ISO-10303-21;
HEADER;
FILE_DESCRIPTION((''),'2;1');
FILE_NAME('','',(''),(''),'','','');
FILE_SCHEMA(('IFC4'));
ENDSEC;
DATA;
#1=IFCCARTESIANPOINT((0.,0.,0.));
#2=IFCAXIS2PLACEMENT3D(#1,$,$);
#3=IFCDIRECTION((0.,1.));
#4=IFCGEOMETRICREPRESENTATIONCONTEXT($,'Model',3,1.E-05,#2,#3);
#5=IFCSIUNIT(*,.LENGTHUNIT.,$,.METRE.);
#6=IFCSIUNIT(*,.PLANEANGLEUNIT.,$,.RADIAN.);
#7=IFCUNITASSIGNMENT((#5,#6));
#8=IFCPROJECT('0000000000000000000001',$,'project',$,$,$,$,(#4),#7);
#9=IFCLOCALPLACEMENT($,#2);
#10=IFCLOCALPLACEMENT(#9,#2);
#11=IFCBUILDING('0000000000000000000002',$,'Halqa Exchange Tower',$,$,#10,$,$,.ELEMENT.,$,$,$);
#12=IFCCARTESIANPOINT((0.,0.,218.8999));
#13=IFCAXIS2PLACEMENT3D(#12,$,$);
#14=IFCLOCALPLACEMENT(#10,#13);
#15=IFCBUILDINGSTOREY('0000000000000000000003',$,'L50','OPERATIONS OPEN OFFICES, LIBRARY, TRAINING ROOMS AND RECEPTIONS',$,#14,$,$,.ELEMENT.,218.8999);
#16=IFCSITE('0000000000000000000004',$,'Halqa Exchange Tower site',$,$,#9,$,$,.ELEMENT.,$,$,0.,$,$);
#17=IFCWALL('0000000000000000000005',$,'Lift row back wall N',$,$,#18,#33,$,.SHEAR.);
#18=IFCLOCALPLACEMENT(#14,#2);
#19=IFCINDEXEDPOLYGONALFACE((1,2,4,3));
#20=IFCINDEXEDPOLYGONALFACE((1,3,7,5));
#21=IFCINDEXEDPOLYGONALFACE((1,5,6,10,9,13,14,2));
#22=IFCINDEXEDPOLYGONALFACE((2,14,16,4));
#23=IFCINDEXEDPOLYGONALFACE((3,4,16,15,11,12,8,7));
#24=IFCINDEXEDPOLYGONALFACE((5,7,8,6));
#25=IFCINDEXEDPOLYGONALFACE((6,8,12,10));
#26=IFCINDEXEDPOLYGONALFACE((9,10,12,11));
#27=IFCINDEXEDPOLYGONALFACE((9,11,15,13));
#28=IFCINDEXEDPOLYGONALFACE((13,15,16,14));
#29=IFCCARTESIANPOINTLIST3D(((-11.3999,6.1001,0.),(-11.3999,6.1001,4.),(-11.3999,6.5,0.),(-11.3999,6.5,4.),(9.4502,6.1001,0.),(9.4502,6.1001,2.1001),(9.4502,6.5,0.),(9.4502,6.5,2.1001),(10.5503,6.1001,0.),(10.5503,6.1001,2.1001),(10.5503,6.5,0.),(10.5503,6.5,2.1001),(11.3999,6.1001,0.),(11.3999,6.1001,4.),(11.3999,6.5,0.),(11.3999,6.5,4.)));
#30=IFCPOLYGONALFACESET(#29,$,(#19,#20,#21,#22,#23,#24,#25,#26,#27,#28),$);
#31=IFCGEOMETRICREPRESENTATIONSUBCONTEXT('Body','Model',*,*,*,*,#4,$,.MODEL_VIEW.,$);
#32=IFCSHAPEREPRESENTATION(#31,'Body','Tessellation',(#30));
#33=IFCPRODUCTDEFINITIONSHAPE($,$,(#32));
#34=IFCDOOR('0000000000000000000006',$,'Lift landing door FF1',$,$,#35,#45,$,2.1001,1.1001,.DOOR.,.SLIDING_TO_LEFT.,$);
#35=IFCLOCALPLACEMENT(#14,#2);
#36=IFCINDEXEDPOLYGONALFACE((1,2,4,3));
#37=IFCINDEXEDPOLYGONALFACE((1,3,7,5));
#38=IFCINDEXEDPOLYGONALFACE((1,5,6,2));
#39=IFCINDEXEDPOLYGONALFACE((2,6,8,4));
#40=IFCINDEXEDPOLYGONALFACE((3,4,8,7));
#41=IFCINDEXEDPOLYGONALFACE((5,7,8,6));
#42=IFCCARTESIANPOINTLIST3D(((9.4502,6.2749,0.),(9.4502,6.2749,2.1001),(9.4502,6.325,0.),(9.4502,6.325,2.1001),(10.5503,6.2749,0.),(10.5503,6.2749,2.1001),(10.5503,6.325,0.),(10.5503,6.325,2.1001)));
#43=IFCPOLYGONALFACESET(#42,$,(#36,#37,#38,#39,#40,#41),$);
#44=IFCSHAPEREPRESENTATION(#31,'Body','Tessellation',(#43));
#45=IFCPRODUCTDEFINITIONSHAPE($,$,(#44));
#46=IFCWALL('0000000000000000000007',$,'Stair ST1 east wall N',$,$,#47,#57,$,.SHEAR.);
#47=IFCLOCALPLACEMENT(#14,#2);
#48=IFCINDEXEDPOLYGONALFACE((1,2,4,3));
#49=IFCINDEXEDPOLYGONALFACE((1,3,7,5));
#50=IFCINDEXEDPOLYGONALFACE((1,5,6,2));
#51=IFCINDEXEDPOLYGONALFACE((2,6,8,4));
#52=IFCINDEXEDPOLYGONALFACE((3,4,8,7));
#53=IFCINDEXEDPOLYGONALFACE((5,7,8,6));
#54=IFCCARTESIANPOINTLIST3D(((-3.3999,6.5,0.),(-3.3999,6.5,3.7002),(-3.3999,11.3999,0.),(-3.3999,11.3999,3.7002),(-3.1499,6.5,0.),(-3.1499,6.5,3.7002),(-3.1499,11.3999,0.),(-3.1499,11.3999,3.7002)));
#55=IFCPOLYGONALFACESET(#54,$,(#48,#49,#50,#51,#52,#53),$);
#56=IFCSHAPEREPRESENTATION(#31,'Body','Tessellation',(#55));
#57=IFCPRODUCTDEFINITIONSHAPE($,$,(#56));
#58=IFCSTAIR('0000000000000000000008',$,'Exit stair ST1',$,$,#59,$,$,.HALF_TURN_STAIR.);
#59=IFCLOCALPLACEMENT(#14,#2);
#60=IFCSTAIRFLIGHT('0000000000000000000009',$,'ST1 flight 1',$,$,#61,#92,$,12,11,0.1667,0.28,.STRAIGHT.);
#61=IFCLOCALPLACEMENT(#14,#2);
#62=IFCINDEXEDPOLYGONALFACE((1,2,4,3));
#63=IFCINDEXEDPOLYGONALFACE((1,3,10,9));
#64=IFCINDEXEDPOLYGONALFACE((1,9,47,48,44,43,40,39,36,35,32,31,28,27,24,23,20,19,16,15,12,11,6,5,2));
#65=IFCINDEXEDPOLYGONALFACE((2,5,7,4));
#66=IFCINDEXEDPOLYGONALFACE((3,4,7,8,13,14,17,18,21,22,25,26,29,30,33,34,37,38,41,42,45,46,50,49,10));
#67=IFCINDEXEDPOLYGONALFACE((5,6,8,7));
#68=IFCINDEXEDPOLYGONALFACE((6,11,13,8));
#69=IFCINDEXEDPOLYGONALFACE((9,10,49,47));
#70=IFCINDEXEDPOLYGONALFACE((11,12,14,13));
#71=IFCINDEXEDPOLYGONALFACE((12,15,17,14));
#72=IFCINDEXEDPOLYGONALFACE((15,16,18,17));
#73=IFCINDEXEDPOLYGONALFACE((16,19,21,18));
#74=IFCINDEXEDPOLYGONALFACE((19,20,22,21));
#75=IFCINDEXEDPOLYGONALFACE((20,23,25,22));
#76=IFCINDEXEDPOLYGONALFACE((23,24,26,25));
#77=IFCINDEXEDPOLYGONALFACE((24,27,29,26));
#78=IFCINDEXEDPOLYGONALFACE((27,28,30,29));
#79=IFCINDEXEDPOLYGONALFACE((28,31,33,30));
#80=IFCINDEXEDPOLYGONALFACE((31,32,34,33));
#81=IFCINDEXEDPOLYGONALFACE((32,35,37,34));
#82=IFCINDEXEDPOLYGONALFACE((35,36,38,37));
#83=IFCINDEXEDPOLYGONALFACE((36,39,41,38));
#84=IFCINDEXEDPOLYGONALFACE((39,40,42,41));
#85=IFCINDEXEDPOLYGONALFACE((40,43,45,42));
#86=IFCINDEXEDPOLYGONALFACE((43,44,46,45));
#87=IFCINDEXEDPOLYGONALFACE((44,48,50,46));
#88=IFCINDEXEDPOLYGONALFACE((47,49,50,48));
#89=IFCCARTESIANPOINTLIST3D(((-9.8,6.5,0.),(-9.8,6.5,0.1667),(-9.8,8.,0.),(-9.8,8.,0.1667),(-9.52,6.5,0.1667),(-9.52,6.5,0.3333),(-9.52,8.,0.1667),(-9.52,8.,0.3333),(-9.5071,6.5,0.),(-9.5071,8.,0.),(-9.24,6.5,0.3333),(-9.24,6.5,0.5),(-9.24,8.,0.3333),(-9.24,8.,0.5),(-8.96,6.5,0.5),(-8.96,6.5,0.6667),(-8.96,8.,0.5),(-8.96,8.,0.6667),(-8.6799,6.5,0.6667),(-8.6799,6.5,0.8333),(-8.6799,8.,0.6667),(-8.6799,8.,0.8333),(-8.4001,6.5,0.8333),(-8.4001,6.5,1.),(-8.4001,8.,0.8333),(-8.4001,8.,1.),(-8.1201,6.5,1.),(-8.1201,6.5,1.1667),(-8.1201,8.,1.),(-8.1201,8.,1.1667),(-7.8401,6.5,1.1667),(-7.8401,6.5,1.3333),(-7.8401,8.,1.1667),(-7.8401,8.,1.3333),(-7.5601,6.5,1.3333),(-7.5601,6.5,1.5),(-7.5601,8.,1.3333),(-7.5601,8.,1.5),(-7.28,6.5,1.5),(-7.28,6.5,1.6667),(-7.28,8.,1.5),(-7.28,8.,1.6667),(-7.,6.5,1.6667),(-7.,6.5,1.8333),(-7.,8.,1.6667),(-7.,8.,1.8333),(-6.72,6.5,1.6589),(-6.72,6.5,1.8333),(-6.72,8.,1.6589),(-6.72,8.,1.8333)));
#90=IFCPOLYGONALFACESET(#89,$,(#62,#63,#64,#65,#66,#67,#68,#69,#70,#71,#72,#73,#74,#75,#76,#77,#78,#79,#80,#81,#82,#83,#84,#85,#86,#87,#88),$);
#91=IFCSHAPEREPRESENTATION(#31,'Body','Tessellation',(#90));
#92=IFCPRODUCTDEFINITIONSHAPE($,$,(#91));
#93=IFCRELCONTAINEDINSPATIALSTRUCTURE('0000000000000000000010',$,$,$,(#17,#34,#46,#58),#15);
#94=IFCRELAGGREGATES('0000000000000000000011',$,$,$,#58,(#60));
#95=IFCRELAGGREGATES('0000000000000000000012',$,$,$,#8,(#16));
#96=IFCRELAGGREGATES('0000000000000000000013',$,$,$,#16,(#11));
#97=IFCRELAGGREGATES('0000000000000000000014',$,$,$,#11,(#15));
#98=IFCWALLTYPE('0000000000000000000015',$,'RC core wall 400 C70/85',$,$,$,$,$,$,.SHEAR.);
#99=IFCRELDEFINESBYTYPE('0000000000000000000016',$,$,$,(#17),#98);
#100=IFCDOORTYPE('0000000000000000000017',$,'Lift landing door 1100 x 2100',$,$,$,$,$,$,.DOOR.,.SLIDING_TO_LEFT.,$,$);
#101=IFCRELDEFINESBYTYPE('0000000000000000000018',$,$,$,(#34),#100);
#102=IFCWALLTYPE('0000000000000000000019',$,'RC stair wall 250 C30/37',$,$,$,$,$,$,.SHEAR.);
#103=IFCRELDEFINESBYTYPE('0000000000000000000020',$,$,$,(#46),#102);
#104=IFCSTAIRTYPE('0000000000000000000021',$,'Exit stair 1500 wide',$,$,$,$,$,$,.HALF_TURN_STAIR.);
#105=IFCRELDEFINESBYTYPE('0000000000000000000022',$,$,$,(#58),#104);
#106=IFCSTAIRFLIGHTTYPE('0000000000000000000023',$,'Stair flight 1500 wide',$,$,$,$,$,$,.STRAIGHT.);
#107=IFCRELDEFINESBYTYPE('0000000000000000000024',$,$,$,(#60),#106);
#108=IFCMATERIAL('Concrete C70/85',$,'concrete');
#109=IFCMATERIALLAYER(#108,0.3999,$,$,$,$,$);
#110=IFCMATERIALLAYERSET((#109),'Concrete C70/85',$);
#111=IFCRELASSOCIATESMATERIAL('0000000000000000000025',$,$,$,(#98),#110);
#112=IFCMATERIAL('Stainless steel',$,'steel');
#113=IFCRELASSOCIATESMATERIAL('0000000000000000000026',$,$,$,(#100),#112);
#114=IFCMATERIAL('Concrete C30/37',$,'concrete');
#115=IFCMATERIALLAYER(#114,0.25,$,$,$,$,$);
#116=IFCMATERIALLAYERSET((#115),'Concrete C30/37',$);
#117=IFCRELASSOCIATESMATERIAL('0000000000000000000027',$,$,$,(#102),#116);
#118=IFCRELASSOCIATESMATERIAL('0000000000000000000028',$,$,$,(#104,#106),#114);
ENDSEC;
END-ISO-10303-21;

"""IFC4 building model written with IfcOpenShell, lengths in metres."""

from ifc_helpers import new_model, si_unit, direction, frame, frame_2d, origin, place, context, subcontext, project, spatial, polyline, rectangle, outline, extrude, material, layer, layer_set, type_object, element, fill, aggregate, save


model = new_model("IFC4")

# Units and contexts
model_context = context("Model", 3, precision=1e-05, world=origin(), true_north=direction((0.0, 1.0)))
body_context = subcontext(model_context, "Body", "Model", "MODEL_VIEW")
ifc_project = project(units=[si_unit("LENGTHUNIT", "METRE"), si_unit("PLANEANGLEUNIT", "RADIAN")], contexts=[model_context])

# Site, building, storey
site_placement = place(None, origin())
site = spatial("IfcSite", under=ifc_project, at=site_placement, Name="Halqa Exchange Tower site", CompositionType="ELEMENT", RefElevation=0.0)
building_placement = place(site_placement, origin())
building = spatial("IfcBuilding", under=site, at=building_placement, Name="Halqa Exchange Tower", CompositionType="ELEMENT")
storey_placement = place(building_placement, frame((0.0, 0.0, 218.8999)))
storey = spatial("IfcBuildingStorey", under=building, at=storey_placement, Name="L50", Description="OPERATIONS OPEN OFFICES, LIBRARY, TRAINING ROOMS AND RECEPTIONS", CompositionType="ELEMENT", Elevation=218.8999)

# Shared definitions
ifc_material_1 = material(Name="Concrete C70/85", Category="concrete")
ifc_layer_1 = layer(ifc_material_1, 0.3999)
ifc_layer_set_1 = layer_set([ifc_layer_1], Name="Concrete C70/85")
wall_type_1 = type_object("IfcWallType", Name="RC core wall 400 C70/85", PredefinedType="SHEAR", material=ifc_layer_set_1)
ifc_material_2 = material(Name="Stainless steel", Category="steel")
door_type_1 = type_object("IfcDoorType", Name="Lift landing door 1100 x 2100", OperationType="SLIDING_TO_LEFT", PredefinedType="DOOR", material=ifc_material_2)

# Wall, opening, door
wall_1_placement = place(storey_placement, frame((-11.3999, 6.3, 0.0), z_axis=(0.0, 0.0, 1.0), x_axis=(1.0, 0.0, 0.0)))
wall_1 = element("IfcWall", 1, at=wall_1_placement, inside=storey, type_object=wall_type_1, Name="Lift row back wall N", PredefinedType="SHEAR", context=body_context, shape_type="SweptSolid", body=[
    extrude(rectangle(XDim=22.7998, YDim=0.3999, at=frame_2d((11.3999, 0.0))), origin(), (0.0, 0.0, 1.0), 4.0),
])
opening_1_placement = place(wall_1_placement, frame((20.8501, 0.0, 0.0)))
opening_1 = element("IfcOpeningElement", 2, at=opening_1_placement, cuts=wall_1, PredefinedType="OPENING", context=body_context, shape_type="SweptSolid", body=[
    extrude(rectangle(XDim=1.1001, YDim=2.1001, at=frame_2d((0.55, 1.05))), frame((0.0, 0.2119, 0.0), z_axis=(0.0, -1.0, 0.0), x_axis=(1.0, 0.0, 0.0)), (0.0, 0.0, 1.0), 0.4238),
])
door_1_placement = place(opening_1_placement, origin())
door_1 = element("IfcDoor", 3, at=door_1_placement, inside=storey, type_object=door_type_1, Name="Lift landing door FF1", OperationType="SLIDING_TO_LEFT", OverallHeight=2.1001, OverallWidth=1.1001, PredefinedType="DOOR", context=body_context, shape_type="SweptSolid", body=[
    extrude(rectangle(XDim=1.1001, YDim=2.1001, at=frame_2d((0.55, 1.05))), frame((0.0, 0.0249, 0.0), z_axis=(0.0, -1.0, 0.0), x_axis=(1.0, 0.0, 0.0)), (0.0, 0.0, 1.0), 0.05),
])
fill(opening_1, door_1)

# Wall
ifc_material_3 = material(Name="Concrete C30/37", Category="concrete")
ifc_layer_2 = layer(ifc_material_3, 0.25)
ifc_layer_set_2 = layer_set([ifc_layer_2], Name="Concrete C30/37")
wall_type_2 = type_object("IfcWallType", Name="RC stair wall 250 C30/37", PredefinedType="SHEAR", material=ifc_layer_set_2)
wall_2_placement = place(storey_placement, frame((-3.2749, 6.5, 0.0), z_axis=(0.0, 0.0, 1.0), x_axis=(0.0, 1.0, 0.0)))
element("IfcWall", 4, at=wall_2_placement, inside=storey, type_object=wall_type_2, Name="Stair ST1 east wall N", PredefinedType="SHEAR", context=body_context, shape_type="SweptSolid", body=[
    extrude(rectangle(XDim=4.8999, YDim=0.25, at=frame_2d((2.45, 0.0))), origin(), (0.0, 0.0, 1.0), 3.7002),
])

# Stair, stair flight
stair_type = type_object("IfcStairType", Name="Exit stair 1500 wide", PredefinedType="HALF_TURN_STAIR", material=ifc_material_3)
stair_placement = place(storey_placement, origin())
stair = element("IfcStair", 5, at=stair_placement, inside=storey, type_object=stair_type, Name="Exit stair ST1", PredefinedType="HALF_TURN_STAIR")
stair_flight_type = type_object("IfcStairFlightType", Name="Stair flight 1500 wide", PredefinedType="STRAIGHT", material=ifc_material_3)
stair_flight_placement = place(storey_placement, frame((-9.8, 7.25, 0.0), z_axis=(0.0, 0.0, 1.0), x_axis=(1.0, 0.0, 0.0)))
stair_flight = element("IfcStairFlight", 6, at=stair_flight_placement, type_object=stair_flight_type, Name="ST1 flight 1", NumberOfRisers=12, NumberOfTreads=11, PredefinedType="STRAIGHT", RiserHeight=0.1667, TreadLength=0.28, context=body_context, shape_type="SweptSolid", body=[
    extrude(outline(polyline([(0.0, 0.0), (0.0, 0.1667), (0.28, 0.1667), (0.28, 0.3333), (0.5601, 0.3333), (0.5601, 0.5), (0.8401, 0.5), (0.8401, 0.6667), (1.1201, 0.6667), (1.1201, 0.8333), (1.3999, 0.8333), (1.3999, 1.0), (1.6799, 1.0), (1.6799, 1.1667), (1.96, 1.1667), (1.96, 1.3333), (2.24, 1.3333), (2.24, 1.5), (2.52, 1.5), (2.52, 1.6667), (2.8, 1.6667), (2.8, 1.8333), (3.0801, 1.8333), (3.0801, 2.0), (3.0801, 1.6589), (0.293, 0.0), (0.0, 0.0)])), frame((0.0, 0.75, 0.0), z_axis=(0.0, -1.0, 0.0), x_axis=(1.0, 0.0, 0.0)), (0.0, 0.0, 1.0), 1.5),
])
aggregate(stair, [stair_flight])

save(model, "model.ifc")
